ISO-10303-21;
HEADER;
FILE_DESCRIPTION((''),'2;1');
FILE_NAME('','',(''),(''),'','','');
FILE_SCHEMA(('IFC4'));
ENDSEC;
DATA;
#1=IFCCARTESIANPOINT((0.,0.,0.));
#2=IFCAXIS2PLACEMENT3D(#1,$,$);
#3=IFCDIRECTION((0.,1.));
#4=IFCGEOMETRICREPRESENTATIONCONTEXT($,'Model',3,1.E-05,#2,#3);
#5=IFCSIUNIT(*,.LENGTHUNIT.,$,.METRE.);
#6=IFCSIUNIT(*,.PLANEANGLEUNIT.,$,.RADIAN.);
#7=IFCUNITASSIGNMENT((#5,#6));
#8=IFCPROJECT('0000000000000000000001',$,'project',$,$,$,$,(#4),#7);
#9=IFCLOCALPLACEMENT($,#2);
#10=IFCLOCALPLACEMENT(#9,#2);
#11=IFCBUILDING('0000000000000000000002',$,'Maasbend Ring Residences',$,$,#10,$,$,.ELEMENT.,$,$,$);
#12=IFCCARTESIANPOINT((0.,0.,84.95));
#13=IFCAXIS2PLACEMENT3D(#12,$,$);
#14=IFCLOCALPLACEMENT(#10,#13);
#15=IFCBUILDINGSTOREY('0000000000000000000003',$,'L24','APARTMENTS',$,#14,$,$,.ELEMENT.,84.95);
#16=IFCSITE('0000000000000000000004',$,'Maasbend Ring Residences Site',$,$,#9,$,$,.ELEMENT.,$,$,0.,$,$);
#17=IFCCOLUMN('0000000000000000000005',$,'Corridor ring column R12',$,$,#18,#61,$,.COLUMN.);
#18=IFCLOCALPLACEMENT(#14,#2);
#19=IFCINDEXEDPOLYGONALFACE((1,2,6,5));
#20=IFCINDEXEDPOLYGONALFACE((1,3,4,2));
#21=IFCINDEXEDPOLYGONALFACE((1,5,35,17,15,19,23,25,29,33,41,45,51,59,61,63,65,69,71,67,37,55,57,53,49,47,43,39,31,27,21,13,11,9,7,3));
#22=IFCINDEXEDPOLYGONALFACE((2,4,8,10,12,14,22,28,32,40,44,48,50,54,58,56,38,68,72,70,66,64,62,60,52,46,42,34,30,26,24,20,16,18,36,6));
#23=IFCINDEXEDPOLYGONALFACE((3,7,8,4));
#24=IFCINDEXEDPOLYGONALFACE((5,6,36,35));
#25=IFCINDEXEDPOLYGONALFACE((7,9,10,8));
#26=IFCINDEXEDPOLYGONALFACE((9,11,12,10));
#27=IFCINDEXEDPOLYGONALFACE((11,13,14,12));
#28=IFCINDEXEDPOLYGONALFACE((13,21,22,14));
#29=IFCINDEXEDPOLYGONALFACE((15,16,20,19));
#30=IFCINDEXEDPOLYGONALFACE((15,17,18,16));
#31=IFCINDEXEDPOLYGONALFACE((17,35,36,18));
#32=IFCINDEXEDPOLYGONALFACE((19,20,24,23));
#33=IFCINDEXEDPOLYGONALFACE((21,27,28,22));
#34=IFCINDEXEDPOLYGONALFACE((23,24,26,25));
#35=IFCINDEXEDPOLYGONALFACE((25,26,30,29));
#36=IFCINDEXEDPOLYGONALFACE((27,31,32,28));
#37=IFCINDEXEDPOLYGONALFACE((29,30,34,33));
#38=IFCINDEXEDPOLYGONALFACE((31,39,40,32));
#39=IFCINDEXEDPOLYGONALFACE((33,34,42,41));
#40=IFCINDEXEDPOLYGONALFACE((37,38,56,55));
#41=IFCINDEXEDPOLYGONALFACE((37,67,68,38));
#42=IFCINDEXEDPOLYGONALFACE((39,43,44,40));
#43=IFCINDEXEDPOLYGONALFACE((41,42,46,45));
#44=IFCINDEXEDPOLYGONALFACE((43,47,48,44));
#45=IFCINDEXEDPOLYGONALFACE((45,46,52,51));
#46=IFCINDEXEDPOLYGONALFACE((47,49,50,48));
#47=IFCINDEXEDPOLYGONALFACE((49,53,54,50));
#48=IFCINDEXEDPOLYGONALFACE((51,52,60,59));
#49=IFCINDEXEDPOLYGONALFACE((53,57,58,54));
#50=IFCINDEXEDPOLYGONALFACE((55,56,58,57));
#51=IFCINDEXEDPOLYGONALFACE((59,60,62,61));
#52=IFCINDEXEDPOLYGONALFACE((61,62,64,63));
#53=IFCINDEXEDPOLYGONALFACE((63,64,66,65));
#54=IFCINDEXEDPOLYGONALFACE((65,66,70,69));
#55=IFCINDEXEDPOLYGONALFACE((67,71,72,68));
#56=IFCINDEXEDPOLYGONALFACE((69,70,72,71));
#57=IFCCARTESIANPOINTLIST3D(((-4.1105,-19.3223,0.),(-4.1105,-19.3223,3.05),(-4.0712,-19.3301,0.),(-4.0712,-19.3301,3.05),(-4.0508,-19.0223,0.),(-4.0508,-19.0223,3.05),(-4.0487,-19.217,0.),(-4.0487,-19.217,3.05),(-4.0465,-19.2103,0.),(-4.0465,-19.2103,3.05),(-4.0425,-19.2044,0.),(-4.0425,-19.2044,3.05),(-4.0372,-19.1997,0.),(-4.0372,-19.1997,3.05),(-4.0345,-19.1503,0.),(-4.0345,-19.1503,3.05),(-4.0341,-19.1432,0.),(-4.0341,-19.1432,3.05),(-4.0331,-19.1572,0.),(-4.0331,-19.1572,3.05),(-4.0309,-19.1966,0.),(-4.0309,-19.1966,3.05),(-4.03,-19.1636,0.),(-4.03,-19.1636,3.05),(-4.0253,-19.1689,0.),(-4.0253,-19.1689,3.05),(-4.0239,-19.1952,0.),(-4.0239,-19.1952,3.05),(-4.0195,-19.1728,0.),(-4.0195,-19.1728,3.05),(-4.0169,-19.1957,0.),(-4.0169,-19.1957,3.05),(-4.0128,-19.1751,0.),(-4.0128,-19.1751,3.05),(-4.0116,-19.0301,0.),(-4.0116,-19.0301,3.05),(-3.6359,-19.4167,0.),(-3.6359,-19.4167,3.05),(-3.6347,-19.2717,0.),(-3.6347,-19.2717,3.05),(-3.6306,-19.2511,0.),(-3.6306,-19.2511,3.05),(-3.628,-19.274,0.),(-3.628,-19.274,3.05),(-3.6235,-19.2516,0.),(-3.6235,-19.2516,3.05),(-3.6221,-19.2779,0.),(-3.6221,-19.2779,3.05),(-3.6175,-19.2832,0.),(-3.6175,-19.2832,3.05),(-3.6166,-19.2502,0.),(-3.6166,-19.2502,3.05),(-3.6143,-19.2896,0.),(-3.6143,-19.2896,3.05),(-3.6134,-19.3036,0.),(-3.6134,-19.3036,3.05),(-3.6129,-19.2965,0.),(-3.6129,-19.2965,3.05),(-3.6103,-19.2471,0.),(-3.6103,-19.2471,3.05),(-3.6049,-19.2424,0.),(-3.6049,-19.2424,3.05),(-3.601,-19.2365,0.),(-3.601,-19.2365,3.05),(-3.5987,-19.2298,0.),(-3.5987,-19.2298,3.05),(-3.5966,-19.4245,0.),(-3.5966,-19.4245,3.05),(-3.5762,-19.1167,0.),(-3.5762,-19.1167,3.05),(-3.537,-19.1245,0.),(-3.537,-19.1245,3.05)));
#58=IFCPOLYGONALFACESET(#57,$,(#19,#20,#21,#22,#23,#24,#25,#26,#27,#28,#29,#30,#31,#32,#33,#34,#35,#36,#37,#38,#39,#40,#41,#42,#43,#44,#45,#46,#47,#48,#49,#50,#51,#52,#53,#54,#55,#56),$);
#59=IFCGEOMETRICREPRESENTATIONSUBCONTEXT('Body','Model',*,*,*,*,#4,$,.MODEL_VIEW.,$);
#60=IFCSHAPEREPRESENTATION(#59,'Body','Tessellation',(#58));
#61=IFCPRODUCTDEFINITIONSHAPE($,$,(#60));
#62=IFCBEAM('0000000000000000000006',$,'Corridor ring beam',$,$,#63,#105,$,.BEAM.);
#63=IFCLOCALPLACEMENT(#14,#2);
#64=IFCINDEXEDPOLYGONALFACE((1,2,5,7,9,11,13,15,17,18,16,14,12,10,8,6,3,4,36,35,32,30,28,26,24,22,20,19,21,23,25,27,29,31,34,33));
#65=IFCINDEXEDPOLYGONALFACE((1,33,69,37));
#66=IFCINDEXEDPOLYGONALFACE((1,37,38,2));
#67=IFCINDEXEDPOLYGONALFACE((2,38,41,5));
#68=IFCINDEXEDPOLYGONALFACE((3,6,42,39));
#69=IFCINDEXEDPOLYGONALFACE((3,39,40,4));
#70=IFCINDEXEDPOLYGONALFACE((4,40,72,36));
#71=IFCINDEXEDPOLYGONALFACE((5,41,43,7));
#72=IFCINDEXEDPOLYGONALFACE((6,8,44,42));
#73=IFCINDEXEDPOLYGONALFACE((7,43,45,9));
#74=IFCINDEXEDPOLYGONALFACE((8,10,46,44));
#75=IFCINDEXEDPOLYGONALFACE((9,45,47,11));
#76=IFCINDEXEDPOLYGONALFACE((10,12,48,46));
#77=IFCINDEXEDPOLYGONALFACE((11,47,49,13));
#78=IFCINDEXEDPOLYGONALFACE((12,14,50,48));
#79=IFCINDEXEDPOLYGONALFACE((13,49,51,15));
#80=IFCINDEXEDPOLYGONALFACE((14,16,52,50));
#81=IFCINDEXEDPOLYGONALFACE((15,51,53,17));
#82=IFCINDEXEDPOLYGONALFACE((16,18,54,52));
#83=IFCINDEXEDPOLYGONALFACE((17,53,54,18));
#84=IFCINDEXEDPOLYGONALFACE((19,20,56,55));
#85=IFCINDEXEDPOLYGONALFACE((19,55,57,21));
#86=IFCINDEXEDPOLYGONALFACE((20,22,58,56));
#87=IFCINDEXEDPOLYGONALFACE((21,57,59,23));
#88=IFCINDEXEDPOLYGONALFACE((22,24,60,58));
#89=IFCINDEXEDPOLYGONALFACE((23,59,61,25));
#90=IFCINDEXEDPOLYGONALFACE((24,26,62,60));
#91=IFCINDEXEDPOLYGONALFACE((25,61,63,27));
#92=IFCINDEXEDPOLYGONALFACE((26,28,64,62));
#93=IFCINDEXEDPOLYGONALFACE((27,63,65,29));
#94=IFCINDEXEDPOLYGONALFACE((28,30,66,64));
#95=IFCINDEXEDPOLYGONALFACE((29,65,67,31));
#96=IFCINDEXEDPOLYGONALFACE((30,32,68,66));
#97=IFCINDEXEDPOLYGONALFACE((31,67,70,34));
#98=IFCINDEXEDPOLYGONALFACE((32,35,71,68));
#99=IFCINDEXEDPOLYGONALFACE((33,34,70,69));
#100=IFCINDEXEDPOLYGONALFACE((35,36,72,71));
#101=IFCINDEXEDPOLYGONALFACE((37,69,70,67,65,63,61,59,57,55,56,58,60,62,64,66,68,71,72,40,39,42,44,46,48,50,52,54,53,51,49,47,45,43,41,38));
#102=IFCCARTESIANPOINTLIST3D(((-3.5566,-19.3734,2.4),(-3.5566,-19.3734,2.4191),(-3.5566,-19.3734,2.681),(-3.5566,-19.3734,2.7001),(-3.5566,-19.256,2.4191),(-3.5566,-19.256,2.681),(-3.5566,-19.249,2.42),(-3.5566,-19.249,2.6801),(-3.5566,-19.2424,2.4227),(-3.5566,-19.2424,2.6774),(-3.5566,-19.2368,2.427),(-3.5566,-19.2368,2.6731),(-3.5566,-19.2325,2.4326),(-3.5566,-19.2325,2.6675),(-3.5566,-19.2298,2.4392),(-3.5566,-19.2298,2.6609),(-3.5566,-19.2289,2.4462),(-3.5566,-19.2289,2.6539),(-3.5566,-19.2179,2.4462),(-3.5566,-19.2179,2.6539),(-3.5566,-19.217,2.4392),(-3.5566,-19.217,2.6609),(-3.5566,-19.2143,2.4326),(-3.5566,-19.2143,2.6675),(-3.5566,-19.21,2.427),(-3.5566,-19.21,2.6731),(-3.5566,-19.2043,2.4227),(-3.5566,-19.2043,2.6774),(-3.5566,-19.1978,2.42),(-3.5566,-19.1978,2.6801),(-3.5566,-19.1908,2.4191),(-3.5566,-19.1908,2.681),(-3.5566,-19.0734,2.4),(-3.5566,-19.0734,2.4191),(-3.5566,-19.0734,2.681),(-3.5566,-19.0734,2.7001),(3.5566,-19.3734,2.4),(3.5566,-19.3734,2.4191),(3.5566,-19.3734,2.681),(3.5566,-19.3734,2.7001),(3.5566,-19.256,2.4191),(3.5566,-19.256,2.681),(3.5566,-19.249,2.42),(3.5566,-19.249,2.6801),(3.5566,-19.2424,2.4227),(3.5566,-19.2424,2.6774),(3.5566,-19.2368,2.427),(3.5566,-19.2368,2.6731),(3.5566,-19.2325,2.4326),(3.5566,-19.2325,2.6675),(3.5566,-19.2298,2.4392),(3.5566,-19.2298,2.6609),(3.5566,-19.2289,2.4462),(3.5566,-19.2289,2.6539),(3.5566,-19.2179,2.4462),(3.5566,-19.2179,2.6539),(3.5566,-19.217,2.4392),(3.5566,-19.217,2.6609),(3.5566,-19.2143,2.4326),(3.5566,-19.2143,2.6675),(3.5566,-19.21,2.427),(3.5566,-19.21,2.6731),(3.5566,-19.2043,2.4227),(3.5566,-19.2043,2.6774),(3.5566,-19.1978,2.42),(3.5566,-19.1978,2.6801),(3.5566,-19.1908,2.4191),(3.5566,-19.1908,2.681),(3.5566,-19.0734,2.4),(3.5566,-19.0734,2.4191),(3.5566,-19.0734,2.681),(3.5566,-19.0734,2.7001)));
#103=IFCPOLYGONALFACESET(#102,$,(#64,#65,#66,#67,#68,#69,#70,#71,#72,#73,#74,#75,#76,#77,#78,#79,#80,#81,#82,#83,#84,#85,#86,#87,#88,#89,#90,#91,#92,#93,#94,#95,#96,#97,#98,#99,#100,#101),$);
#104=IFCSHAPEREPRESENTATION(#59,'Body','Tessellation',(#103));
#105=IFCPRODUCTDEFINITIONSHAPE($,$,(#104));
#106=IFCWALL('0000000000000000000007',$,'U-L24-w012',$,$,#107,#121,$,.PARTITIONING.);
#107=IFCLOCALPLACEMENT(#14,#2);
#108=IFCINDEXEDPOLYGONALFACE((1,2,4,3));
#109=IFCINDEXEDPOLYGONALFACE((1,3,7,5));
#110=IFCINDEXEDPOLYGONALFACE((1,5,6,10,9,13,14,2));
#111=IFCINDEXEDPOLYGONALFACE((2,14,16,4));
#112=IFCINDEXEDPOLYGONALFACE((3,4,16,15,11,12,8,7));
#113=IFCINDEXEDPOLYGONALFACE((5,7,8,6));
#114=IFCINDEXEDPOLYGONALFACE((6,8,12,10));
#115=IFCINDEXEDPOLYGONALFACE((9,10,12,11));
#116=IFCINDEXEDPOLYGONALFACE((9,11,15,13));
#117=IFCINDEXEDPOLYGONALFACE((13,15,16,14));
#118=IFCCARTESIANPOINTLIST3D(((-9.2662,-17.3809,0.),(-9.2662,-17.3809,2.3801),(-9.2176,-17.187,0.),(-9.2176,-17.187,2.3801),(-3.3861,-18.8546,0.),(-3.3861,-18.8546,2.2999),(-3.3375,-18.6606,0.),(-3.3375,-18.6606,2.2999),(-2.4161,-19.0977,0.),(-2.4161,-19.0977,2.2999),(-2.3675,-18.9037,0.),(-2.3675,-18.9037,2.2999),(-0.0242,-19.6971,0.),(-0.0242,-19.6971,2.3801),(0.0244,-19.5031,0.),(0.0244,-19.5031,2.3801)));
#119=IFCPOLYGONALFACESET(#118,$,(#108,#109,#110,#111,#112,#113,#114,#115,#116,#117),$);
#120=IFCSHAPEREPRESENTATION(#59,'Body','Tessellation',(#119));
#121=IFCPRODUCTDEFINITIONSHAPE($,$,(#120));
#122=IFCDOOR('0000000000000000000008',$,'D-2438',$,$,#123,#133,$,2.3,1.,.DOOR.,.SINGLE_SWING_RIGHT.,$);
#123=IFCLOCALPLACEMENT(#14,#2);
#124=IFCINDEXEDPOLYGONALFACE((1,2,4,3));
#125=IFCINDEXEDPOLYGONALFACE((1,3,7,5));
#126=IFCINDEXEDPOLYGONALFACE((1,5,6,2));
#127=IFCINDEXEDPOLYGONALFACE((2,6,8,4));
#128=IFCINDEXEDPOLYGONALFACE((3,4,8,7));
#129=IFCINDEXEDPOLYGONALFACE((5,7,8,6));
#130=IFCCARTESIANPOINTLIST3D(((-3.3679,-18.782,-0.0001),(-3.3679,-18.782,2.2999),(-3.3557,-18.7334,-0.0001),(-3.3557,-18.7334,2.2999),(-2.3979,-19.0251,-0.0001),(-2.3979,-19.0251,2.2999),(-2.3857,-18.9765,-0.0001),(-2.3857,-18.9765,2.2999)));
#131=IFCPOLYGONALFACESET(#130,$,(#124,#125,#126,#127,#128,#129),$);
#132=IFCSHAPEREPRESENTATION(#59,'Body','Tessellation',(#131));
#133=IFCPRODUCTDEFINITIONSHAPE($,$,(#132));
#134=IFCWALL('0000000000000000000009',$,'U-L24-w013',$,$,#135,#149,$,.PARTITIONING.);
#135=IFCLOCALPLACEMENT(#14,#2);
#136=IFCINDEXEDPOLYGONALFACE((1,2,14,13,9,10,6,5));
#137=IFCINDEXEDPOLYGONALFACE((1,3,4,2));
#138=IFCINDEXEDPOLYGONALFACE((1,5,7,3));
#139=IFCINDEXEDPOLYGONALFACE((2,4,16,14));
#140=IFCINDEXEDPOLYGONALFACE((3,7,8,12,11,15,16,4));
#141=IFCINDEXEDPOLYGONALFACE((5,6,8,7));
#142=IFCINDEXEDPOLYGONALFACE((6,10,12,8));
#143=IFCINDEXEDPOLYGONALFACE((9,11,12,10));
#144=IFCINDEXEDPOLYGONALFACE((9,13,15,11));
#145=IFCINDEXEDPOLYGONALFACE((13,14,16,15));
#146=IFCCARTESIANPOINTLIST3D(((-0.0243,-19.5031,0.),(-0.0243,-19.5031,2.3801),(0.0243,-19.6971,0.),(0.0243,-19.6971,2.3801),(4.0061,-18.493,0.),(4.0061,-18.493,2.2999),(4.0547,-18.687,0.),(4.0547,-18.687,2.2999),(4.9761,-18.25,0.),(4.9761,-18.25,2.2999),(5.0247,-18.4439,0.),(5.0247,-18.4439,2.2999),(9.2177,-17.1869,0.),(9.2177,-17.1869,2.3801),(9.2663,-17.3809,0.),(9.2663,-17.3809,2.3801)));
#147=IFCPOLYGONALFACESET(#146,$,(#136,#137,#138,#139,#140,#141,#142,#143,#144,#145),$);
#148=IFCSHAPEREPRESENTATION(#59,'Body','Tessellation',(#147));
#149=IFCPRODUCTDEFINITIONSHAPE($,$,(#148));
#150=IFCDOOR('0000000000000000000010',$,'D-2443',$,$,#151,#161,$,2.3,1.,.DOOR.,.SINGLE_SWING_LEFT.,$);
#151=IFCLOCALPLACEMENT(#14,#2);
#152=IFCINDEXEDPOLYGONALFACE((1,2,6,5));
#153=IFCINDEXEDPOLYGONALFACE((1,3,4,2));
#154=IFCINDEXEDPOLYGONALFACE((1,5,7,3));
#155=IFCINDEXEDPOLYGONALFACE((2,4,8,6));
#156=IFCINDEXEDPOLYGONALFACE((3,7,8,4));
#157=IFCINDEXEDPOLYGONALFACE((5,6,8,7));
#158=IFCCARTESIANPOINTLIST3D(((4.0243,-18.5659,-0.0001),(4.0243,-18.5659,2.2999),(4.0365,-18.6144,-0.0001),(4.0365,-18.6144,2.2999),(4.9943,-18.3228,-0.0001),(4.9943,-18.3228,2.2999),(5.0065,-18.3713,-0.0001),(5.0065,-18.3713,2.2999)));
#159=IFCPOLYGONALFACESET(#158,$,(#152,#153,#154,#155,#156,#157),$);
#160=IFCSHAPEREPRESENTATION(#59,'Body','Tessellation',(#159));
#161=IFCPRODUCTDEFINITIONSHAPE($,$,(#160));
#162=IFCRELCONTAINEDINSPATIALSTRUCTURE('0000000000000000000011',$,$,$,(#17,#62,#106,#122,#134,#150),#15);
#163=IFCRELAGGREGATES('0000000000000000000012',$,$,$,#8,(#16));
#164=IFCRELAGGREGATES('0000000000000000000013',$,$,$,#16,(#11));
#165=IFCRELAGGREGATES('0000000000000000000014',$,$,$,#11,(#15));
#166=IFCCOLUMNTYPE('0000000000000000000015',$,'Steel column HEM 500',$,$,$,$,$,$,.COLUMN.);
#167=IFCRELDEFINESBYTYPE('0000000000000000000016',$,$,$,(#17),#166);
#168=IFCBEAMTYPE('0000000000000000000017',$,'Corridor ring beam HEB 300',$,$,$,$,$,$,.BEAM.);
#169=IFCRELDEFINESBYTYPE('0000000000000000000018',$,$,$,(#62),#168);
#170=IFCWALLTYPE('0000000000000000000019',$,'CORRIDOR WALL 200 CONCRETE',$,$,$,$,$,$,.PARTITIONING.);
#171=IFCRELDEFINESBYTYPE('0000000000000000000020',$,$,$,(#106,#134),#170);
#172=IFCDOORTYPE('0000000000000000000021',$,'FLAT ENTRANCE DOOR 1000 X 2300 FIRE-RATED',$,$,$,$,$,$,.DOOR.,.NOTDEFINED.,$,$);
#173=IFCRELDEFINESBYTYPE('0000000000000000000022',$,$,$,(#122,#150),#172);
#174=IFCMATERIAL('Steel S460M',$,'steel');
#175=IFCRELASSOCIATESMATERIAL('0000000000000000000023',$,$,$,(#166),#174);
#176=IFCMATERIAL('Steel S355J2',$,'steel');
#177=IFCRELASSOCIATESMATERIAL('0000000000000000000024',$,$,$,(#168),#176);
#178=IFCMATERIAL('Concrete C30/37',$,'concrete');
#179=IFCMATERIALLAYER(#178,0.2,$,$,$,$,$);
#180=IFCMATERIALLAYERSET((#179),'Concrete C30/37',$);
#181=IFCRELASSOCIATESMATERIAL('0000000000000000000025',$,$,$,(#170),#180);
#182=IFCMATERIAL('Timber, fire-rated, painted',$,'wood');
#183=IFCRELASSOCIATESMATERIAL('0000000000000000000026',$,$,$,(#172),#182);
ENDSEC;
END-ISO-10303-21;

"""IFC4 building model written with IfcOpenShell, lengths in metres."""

from ifc_helpers import new_model, si_unit, direction, frame, frame_2d, origin, origin_2d, place, context, subcontext, project, spatial, rectangle, i_section, extrude, material, layer, layer_set, material_profile, profile_set, type_object, element, fill, save


model = new_model("IFC4")

# Units and contexts
model_context = context("Model", 3, precision=1e-05, world=origin(), true_north=direction((0.0, 1.0)))
body_context = subcontext(model_context, "Body", "Model", "MODEL_VIEW")
ifc_project = project(units=[si_unit("LENGTHUNIT", "METRE"), si_unit("PLANEANGLEUNIT", "RADIAN")], contexts=[model_context])

# Site, building, storey
site_placement = place(None, origin())
site = spatial("IfcSite", under=ifc_project, at=site_placement, Name="Maasbend Ring Residences Site", CompositionType="ELEMENT", RefElevation=0.0)
building_placement = place(site_placement, origin())
building = spatial("IfcBuilding", under=site, at=building_placement, Name="Maasbend Ring Residences", CompositionType="ELEMENT")
storey_placement = place(building_placement, frame((0.0, 0.0, 84.95)))
storey = spatial("IfcBuildingStorey", under=building, at=storey_placement, Name="L24", Description="APARTMENTS", CompositionType="ELEMENT", Elevation=84.95)

# Column
ifc_material_1 = material(Name="Steel S460M", Category="steel")
ifc_material_profile_1 = material_profile(ifc_material_1, i_section(OverallWidth=0.3059, OverallDepth=0.5239, WebThickness=0.021, FlangeThickness=0.04, FilletRadius=0.0271, at=origin_2d()), Name="HEM 500")
ifc_profile_set_1 = profile_set([ifc_material_profile_1], Name="Steel S460M")
column_type = type_object("IfcColumnType", Name="Steel column HEM 500", PredefinedType="COLUMN", material=ifc_profile_set_1)
column_placement = place(storey_placement, frame((-3.8237, -19.2234, 0.0), z_axis=(0.0, 0.0, 1.0), x_axis=(-0.19509, -0.980785, 0.0)))
element("IfcColumn", 1, at=column_placement, inside=storey, type_object=column_type, Name="Corridor ring column R12", PredefinedType="COLUMN", context=body_context, shape_type="SweptSolid", body=[
    extrude(i_section(OverallWidth=0.3059, OverallDepth=0.5239, WebThickness=0.021, FlangeThickness=0.04, FilletRadius=0.0271, at=origin_2d()), origin(), (0.0, 0.0, 1.0), 3.05),
])

# Beam
ifc_material_2 = material(Name="Steel S355J2", Category="steel")
ifc_material_profile_2 = material_profile(ifc_material_2, i_section(OverallWidth=0.3, OverallDepth=0.3, WebThickness=0.011, FlangeThickness=0.019, FilletRadius=0.0271, at=origin_2d()), Name="HEB 300")
ifc_profile_set_2 = profile_set([ifc_material_profile_2], Name="Steel S355J2")
beam_type = type_object("IfcBeamType", Name="Corridor ring beam HEB 300", PredefinedType="BEAM", material=ifc_profile_set_2)
beam_placement = place(storey_placement, frame((-3.5566, -19.2234, 2.55), z_axis=(1.0, 0.0, 0.0), x_axis=(0.0, 1.0, 0.0)))
element("IfcBeam", 2, at=beam_placement, inside=storey, type_object=beam_type, Name="Corridor ring beam", PredefinedType="BEAM", context=body_context, shape_type="SweptSolid", body=[
    extrude(i_section(OverallWidth=0.3, OverallDepth=0.3, WebThickness=0.011, FlangeThickness=0.019, FilletRadius=0.0271, at=origin_2d()), origin(), (0.0, 0.0, 1.0), 7.1133),
])

# Walls, openings, doors
ifc_material_3 = material(Name="Concrete C30/37", Category="concrete")
ifc_layer_1 = layer(ifc_material_3, 0.2)
ifc_layer_set_1 = layer_set([ifc_layer_1], Name="Concrete C30/37")
wall_type_1 = type_object("IfcWallType", Name="CORRIDOR WALL 200 CONCRETE", PredefinedType="PARTITIONING", material=ifc_layer_set_1)
wall_1_placement = place(storey_placement, frame((-9.2419, -17.2839, 0.0), z_axis=(0.0, 0.0, 1.0), x_axis=(0.970002, -0.243096, 0.0)))
wall_1 = element("IfcWall", 3, at=wall_1_placement, inside=storey, type_object=wall_type_1, Name="U-L24-w012", PredefinedType="PARTITIONING", context=body_context, shape_type="SweptSolid", body=[
    extrude(rectangle(XDim=9.5278, YDim=0.2, at=frame_2d((4.7639, 0.0))), origin(), (0.0, 0.0, 1.0), 2.3801),
])
opening_1_placement = place(wall_1_placement, frame((6.062, 0.0, 0.0)))
opening_1 = element("IfcOpeningElement", 4, at=opening_1_placement, cuts=wall_1, PredefinedType="OPENING", context=body_context, shape_type="SweptSolid", body=[
    extrude(rectangle(XDim=1.0, YDim=2.3, at=frame_2d((0.5, 1.1499))), frame((0.0, 0.1099, 0.0), z_axis=(0.0, -1.0, 0.0), x_axis=(1.0, 0.0, 0.0)), (0.0, 0.0, 1.0), 0.22),
])
ifc_material_4 = material(Name="Timber, fire-rated, painted", Category="wood")
door_type_1 = type_object("IfcDoorType", Name="FLAT ENTRANCE DOOR 1000 X 2300 FIRE-RATED", OperationType="NOTDEFINED", PredefinedType="DOOR", material=ifc_material_4)
door_1_placement = place(opening_1_placement, origin())
door_1 = element("IfcDoor", 5, at=door_1_placement, inside=storey, type_object=door_type_1, Name="D-2438", OperationType="SINGLE_SWING_RIGHT", OverallHeight=2.3, OverallWidth=1.0, PredefinedType="DOOR", context=body_context, shape_type="SweptSolid", body=[
    extrude(rectangle(XDim=1.0, YDim=2.3, at=frame_2d((0.5, 1.1499))), frame((0.0, 0.0249, 0.0), z_axis=(0.0, -1.0, 0.0), x_axis=(1.0, 0.0, 0.0)), (0.0, 0.0, 1.0), 0.05),
])
fill(opening_1, door_1)
wall_2_placement = place(storey_placement, frame((0.0, -19.6001, 0.0), z_axis=(0.0, 0.0, 1.0), x_axis=(0.970002, 0.243096, 0.0)))
wall_2 = element("IfcWall", 6, at=wall_2_placement, inside=storey, type_object=wall_type_1, Name="U-L24-w013", PredefinedType="PARTITIONING", context=body_context, shape_type="SweptSolid", body=[
    extrude(rectangle(XDim=9.5278, YDim=0.2, at=frame_2d((4.7639, 0.0))), origin(), (0.0, 0.0, 1.0), 2.3801),
])
opening_2_placement = place(wall_2_placement, frame((4.155, 0.0, 0.0)))
opening_2 = element("IfcOpeningElement", 7, at=opening_2_placement, cuts=wall_2, PredefinedType="OPENING", context=body_context, shape_type="SweptSolid", body=[
    extrude(rectangle(XDim=1.0, YDim=2.3, at=frame_2d((0.5, 1.1499))), frame((0.0, 0.1099, 0.0), z_axis=(0.0, -1.0, 0.0), x_axis=(1.0, 0.0, 0.0)), (0.0, 0.0, 1.0), 0.22),
])
door_2_placement = place(opening_2_placement, origin())
door_2 = element("IfcDoor", 8, at=door_2_placement, inside=storey, type_object=door_type_1, Name="D-2443", OperationType="SINGLE_SWING_LEFT", OverallHeight=2.3, OverallWidth=1.0, PredefinedType="DOOR", context=body_context, shape_type="SweptSolid", body=[
    extrude(rectangle(XDim=1.0, YDim=2.3, at=frame_2d((0.5, 1.1499))), frame((0.0, 0.0249, 0.0), z_axis=(0.0, -1.0, 0.0), x_axis=(1.0, 0.0, 0.0)), (0.0, 0.0, 1.0), 0.05),
])
fill(opening_2, door_2)

save(model, "model.ifc")
